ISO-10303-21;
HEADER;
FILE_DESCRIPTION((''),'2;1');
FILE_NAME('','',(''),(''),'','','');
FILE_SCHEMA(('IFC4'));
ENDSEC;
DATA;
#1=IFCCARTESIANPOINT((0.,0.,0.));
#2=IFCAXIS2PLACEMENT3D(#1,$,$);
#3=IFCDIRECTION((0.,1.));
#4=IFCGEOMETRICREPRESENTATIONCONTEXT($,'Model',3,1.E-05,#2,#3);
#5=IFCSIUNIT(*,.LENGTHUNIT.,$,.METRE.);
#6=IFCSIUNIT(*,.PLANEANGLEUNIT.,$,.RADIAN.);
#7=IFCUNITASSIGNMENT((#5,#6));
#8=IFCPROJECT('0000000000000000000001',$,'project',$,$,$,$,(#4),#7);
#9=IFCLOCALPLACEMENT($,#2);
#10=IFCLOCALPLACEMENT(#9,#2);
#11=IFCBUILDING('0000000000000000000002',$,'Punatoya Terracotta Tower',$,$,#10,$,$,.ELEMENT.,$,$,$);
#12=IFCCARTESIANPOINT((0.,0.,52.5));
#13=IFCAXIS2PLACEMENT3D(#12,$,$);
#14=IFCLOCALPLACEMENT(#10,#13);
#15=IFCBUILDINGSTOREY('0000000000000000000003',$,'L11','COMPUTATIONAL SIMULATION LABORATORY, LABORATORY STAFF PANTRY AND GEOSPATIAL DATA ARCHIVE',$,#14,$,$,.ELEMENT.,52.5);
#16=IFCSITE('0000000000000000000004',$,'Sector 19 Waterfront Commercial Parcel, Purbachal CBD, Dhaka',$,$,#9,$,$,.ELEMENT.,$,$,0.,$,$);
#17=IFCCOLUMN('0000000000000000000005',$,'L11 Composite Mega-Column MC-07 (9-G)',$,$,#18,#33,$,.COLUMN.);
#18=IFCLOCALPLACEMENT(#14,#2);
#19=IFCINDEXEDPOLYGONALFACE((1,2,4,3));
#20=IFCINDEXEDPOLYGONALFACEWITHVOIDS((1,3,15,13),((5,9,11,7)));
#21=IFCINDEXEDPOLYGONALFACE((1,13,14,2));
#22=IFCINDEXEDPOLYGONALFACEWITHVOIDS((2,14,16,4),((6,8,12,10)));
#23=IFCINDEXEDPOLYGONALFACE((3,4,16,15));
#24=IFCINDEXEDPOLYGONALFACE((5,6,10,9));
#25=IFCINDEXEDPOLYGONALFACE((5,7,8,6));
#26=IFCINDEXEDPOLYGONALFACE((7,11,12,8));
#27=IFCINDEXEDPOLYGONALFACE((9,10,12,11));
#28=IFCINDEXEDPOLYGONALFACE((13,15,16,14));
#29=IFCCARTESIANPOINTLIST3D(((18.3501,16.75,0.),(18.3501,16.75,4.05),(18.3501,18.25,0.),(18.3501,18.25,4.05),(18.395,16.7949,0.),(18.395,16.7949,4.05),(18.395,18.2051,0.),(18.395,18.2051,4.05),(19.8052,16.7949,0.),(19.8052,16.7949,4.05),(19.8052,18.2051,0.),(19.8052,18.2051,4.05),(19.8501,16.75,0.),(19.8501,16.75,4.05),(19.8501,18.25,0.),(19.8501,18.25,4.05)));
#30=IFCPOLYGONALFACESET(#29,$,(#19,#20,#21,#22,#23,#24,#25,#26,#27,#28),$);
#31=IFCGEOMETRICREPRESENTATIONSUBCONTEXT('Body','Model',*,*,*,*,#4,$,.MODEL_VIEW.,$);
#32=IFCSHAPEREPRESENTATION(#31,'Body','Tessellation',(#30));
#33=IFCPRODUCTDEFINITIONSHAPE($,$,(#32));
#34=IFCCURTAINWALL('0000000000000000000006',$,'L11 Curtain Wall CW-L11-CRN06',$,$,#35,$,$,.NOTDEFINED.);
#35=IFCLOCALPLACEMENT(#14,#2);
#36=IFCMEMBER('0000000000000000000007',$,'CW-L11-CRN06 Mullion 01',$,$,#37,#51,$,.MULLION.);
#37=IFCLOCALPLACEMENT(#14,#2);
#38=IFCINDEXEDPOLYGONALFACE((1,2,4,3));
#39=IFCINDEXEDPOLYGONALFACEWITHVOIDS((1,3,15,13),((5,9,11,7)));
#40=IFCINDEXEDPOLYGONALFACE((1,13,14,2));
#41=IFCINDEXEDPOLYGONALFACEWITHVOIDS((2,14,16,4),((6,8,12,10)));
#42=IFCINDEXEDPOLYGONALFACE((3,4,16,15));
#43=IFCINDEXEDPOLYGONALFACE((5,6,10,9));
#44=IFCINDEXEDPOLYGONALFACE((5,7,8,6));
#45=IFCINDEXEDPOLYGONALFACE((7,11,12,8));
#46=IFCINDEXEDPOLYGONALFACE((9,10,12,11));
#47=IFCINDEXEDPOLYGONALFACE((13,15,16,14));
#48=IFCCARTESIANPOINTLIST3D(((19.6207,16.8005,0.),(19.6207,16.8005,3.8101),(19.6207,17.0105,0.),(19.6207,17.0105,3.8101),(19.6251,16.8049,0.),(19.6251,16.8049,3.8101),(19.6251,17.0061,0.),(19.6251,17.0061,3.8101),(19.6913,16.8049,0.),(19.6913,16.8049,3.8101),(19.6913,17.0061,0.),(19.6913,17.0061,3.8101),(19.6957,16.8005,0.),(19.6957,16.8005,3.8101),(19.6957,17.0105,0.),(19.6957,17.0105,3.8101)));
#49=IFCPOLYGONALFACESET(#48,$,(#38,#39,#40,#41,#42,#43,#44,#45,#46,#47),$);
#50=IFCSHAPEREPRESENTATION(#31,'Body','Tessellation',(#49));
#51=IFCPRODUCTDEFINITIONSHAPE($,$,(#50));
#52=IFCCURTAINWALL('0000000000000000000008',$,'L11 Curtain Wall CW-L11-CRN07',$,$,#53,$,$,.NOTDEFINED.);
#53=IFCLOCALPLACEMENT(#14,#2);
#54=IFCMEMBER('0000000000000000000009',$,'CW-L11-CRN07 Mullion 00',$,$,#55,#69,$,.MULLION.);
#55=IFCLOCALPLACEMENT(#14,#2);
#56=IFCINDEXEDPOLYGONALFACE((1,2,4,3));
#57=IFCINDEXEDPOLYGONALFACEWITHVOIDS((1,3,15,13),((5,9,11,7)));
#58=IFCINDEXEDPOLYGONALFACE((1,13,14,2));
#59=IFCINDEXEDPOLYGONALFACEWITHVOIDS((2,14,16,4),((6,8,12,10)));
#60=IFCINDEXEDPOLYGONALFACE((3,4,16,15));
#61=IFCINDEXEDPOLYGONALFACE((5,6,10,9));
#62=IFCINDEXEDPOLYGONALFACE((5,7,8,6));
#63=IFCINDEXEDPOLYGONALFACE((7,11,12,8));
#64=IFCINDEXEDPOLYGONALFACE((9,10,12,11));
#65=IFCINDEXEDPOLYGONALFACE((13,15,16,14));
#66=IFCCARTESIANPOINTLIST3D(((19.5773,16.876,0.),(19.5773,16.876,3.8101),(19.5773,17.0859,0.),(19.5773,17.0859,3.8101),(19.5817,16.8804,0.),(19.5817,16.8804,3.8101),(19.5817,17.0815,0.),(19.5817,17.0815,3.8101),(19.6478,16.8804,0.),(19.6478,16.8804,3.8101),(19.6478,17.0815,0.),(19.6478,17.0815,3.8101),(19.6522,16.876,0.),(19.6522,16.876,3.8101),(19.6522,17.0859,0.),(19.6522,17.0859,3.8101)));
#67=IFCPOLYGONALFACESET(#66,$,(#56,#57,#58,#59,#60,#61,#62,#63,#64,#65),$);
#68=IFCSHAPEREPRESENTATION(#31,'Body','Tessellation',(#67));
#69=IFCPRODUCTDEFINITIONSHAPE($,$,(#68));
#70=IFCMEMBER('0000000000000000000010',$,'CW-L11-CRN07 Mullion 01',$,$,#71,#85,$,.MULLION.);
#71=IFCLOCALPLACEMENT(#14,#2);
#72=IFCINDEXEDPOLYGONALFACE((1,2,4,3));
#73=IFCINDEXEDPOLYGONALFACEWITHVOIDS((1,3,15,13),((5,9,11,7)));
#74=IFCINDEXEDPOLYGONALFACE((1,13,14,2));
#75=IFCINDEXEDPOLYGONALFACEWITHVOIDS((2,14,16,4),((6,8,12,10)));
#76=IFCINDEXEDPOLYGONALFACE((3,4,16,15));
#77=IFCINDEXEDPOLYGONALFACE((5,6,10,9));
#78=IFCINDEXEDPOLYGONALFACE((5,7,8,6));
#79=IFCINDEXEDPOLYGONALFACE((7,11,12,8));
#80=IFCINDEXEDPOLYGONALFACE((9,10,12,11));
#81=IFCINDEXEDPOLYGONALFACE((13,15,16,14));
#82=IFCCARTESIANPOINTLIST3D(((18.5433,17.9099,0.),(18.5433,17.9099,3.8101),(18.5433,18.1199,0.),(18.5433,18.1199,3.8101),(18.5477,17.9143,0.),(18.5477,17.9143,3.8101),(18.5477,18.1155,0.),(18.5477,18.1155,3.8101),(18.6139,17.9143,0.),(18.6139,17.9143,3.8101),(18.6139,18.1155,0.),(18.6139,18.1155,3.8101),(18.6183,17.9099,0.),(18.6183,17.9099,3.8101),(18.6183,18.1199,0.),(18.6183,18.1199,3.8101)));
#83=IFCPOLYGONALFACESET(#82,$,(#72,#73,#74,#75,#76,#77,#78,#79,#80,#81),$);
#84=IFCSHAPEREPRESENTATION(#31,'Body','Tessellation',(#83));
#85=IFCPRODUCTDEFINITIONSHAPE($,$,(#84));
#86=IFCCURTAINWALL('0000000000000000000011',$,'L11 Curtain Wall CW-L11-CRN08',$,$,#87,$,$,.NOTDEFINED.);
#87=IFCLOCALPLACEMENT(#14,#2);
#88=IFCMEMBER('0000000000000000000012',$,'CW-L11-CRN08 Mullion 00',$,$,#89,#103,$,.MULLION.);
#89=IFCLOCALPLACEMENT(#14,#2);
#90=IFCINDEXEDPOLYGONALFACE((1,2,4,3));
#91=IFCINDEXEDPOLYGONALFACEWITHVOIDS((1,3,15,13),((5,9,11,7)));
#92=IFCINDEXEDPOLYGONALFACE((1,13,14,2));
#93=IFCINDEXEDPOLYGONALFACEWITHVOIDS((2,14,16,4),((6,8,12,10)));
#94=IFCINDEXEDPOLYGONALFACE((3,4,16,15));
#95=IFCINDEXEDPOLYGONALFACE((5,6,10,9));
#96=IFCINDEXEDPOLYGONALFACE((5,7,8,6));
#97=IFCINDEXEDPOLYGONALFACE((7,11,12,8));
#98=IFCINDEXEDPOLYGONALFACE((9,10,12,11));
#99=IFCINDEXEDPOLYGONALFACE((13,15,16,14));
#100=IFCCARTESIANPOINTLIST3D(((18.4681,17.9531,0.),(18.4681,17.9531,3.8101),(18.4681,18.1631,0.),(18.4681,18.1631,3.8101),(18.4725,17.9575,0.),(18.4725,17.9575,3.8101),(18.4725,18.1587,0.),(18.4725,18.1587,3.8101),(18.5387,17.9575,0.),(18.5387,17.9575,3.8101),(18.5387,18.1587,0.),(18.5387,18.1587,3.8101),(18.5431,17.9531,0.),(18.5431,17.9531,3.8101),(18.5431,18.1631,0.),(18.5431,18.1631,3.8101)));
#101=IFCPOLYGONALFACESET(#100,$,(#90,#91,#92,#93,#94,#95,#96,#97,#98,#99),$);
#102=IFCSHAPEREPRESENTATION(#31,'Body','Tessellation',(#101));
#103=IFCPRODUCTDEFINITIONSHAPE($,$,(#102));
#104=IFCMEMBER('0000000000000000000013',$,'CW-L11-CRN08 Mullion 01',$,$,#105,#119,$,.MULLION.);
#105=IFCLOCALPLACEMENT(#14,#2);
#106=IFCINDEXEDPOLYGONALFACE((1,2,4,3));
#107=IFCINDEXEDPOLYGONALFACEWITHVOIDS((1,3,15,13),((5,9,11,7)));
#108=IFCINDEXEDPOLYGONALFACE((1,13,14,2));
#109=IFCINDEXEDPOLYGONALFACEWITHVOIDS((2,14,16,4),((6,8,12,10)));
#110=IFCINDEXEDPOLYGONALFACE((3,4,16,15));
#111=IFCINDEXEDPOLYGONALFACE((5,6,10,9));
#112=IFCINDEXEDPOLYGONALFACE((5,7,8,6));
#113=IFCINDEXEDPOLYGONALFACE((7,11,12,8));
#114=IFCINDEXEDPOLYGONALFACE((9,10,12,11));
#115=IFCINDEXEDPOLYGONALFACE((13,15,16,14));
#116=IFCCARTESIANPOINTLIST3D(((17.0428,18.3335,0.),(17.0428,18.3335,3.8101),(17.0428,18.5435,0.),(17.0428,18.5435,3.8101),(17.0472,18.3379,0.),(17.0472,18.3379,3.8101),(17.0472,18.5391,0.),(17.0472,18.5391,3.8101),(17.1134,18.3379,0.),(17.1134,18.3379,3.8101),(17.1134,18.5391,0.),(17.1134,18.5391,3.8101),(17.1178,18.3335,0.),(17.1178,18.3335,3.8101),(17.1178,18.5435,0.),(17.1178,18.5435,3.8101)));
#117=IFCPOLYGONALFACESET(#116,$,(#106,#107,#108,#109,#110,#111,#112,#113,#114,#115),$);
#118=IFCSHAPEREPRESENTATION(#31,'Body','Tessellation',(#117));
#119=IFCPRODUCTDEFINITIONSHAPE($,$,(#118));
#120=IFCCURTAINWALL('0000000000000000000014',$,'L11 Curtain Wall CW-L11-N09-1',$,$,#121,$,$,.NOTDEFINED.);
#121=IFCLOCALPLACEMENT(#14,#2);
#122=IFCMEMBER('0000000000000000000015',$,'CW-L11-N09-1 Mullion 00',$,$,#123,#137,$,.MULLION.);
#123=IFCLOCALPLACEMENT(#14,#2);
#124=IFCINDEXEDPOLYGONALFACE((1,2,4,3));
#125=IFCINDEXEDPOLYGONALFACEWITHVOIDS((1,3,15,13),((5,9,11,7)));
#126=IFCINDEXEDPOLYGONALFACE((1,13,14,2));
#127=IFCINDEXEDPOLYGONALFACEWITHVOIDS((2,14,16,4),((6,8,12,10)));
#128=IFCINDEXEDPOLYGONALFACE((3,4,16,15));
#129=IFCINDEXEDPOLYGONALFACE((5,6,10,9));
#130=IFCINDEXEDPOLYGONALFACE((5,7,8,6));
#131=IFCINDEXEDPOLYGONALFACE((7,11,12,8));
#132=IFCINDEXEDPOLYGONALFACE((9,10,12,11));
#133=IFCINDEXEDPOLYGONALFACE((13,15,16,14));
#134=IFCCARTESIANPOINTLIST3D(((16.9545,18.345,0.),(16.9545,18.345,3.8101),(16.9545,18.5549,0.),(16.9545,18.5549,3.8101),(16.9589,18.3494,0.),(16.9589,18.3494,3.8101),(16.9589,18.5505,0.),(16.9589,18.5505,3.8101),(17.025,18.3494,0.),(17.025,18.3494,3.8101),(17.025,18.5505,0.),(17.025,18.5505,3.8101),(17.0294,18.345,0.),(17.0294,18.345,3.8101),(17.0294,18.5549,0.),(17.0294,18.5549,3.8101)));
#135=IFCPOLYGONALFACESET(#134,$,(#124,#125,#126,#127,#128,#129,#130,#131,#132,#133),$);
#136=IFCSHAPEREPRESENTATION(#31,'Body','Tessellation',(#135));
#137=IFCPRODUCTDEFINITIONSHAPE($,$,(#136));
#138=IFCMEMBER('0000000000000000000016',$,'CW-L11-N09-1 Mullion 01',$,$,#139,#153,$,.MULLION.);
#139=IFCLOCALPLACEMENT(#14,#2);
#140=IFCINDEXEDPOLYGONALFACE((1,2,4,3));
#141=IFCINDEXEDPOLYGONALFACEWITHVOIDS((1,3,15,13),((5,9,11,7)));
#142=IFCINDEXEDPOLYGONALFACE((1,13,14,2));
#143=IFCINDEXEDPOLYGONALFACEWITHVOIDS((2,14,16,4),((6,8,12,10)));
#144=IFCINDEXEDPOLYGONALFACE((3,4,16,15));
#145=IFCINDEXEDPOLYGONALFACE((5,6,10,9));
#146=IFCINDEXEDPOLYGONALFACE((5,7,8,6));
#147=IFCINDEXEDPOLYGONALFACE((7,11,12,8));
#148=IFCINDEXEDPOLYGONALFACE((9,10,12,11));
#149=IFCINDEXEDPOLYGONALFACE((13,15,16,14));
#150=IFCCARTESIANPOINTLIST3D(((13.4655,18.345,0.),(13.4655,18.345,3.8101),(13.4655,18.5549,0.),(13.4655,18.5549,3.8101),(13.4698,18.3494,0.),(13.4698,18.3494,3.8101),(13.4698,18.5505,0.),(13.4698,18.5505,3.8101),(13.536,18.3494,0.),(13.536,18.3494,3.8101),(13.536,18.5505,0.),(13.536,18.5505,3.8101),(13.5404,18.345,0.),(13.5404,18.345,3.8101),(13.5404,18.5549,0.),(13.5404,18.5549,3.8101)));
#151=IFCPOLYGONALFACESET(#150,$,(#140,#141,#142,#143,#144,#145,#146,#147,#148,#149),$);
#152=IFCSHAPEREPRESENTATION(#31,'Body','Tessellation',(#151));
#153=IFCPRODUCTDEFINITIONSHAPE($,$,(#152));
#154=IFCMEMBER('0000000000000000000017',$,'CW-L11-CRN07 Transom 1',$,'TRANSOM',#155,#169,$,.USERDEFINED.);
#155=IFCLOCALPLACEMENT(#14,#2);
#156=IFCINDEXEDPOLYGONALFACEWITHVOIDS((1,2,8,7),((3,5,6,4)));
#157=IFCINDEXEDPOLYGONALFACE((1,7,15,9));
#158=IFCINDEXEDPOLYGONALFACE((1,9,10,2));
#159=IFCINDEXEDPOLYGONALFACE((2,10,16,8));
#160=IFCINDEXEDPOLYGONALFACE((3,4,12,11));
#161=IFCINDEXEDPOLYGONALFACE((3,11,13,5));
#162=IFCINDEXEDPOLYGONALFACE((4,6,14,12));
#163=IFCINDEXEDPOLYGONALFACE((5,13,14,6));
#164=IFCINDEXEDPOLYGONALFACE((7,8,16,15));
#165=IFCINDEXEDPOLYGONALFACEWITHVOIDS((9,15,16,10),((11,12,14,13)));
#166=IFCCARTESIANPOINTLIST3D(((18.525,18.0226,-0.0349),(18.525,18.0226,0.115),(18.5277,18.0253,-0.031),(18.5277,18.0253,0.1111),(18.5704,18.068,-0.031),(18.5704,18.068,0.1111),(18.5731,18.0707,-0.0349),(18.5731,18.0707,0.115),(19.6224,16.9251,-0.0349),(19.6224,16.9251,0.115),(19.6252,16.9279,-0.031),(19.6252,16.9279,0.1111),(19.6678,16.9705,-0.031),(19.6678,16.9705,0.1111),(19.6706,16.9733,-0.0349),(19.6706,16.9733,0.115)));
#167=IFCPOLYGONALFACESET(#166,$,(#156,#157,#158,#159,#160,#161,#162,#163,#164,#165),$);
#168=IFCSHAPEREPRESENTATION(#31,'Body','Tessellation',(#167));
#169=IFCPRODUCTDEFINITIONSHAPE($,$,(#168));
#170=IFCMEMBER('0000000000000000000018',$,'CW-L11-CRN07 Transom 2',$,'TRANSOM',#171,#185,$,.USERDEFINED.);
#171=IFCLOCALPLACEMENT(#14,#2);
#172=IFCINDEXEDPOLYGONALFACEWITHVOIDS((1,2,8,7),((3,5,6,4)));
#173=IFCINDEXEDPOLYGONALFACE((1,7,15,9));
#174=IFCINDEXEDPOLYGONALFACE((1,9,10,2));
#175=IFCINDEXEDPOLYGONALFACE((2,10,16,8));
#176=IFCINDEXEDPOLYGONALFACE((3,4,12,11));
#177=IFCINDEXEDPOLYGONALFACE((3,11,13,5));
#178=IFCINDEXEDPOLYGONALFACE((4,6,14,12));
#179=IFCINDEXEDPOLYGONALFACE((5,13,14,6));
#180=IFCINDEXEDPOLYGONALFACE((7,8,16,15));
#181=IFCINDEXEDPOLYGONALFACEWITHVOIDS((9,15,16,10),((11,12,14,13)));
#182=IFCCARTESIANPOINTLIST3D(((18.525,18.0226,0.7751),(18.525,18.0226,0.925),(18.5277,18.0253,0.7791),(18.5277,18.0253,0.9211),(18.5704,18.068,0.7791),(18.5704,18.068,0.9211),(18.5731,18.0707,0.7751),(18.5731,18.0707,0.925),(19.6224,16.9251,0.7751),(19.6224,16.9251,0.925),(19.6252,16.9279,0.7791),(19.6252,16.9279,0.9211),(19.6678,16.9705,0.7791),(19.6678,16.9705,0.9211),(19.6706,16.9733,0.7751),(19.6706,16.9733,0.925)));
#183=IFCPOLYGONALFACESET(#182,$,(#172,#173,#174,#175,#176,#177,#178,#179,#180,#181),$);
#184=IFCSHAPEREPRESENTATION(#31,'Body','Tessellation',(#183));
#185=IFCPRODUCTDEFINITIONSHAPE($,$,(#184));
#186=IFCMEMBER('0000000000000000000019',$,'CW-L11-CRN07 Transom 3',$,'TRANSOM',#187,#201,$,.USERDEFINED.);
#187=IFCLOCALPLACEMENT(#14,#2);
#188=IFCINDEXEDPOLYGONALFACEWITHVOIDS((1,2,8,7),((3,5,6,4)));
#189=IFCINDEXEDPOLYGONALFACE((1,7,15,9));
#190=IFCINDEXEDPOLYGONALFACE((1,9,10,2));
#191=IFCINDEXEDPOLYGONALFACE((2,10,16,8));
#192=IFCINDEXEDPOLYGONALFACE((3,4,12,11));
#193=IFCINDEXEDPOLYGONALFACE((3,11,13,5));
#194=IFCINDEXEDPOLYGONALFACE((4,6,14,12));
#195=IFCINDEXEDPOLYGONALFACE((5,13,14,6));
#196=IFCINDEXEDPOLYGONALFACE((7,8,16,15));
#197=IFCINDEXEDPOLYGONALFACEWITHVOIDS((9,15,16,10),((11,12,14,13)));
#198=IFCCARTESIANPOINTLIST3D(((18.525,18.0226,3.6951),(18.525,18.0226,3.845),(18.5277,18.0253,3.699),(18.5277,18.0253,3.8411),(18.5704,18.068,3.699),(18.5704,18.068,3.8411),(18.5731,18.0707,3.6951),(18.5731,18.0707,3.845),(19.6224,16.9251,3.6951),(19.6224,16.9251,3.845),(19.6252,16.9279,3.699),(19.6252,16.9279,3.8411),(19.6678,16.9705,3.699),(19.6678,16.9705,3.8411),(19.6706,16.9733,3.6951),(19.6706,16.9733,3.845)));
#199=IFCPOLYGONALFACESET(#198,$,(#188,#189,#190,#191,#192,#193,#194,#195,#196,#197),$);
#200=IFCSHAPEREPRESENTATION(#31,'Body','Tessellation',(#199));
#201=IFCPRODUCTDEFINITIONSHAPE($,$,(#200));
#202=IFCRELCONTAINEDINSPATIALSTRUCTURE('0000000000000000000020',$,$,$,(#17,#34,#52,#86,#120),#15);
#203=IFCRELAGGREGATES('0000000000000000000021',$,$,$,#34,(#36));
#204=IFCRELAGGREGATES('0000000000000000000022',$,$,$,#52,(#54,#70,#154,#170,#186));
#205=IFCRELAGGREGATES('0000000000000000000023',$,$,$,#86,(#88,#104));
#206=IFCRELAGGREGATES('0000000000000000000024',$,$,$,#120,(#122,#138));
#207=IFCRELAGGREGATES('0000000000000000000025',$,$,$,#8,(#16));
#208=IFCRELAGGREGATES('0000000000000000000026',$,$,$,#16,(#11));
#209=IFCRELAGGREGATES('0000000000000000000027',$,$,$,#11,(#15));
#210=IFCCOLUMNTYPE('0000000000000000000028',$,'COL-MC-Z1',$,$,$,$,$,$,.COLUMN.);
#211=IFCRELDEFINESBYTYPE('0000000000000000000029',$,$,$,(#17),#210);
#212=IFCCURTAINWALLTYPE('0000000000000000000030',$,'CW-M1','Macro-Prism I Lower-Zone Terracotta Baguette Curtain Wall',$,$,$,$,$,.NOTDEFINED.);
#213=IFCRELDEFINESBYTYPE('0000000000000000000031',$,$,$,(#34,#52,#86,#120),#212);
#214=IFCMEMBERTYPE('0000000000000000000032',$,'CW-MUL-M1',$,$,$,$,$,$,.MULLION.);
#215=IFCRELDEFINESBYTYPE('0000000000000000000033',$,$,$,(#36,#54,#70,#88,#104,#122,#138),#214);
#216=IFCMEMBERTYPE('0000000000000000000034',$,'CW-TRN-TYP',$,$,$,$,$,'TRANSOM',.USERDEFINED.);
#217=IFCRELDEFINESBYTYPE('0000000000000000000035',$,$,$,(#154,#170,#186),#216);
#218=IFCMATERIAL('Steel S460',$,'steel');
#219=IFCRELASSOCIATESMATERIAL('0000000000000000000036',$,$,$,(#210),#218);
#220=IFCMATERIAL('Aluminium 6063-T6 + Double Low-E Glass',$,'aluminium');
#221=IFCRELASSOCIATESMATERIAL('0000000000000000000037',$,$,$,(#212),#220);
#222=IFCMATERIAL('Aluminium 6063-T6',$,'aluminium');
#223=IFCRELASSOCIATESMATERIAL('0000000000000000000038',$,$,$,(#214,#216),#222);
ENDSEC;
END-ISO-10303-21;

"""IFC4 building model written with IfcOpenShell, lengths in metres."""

from ifc_helpers import new_model, si_unit, direction, frame, origin, origin_2d, place, context, subcontext, project, spatial, hollow_rectangle, extrude, material, material_profile, profile_set, type_object, element, aggregate, save


model = new_model("IFC4")

# Units and contexts
model_context = context("Model", 3, precision=1e-05, world=origin(), true_north=direction((0.0, 1.0)))
body_context = subcontext(model_context, "Body", "Model", "MODEL_VIEW")
ifc_project = project(units=[si_unit("LENGTHUNIT", "METRE"), si_unit("PLANEANGLEUNIT", "RADIAN")], contexts=[model_context])

# Site, building, storey
site_placement = place(None, origin())
site = spatial("IfcSite", under=ifc_project, at=site_placement, Name="Sector 19 Waterfront Commercial Parcel, Purbachal CBD, Dhaka", CompositionType="ELEMENT", RefElevation=0.0)
building_placement = place(site_placement, origin())
building = spatial("IfcBuilding", under=site, at=building_placement, Name="Punatoya Terracotta Tower", CompositionType="ELEMENT")
storey_placement = place(building_placement, frame((0.0, 0.0, 52.5)))
storey = spatial("IfcBuildingStorey", under=building, at=storey_placement, Name="L11", Description="COMPUTATIONAL SIMULATION LABORATORY, LABORATORY STAFF PANTRY AND GEOSPATIAL DATA ARCHIVE", CompositionType="ELEMENT", Elevation=52.5)

# Column
ifc_material_1 = material(Name="Steel S460", Category="steel")
ifc_material_profile_1 = material_profile(ifc_material_1, hollow_rectangle(XDim=1.5, YDim=1.5, WallThickness=0.0449, at=origin_2d()))
ifc_profile_set_1 = profile_set([ifc_material_profile_1], Name="Steel S460")
column_type = type_object("IfcColumnType", Name="COL-MC-Z1", PredefinedType="COLUMN", material=ifc_profile_set_1)
column_placement = place(storey_placement, frame((19.1001, 17.5, 0.0), z_axis=(0.0, 0.0, 1.0), x_axis=(1.0, 0.0, 0.0)))
element("IfcColumn", 1, at=column_placement, inside=storey, type_object=column_type, Name="L11 Composite Mega-Column MC-07 (9-G)", PredefinedType="COLUMN", context=body_context, shape_type="SweptSolid", body=[
    extrude(hollow_rectangle(XDim=1.5, YDim=1.5, WallThickness=0.0449, at=origin_2d()), origin(), (0.0, 0.0, 1.0), 4.05),
])

# Curtain wall, member
ifc_material_2 = material(Name="Aluminium 6063-T6 + Double Low-E Glass", Category="aluminium")
curtain_wall_type = type_object("IfcCurtainWallType", Name="CW-M1", Description="Macro-Prism I Lower-Zone Terracotta Baguette Curtain Wall", PredefinedType="NOTDEFINED", material=ifc_material_2)
curtain_wall_1_placement = place(storey_placement, origin())
curtain_wall_1 = element("IfcCurtainWall", 2, at=curtain_wall_1_placement, inside=storey, type_object=curtain_wall_type, Name="L11 Curtain Wall CW-L11-CRN06", PredefinedType="NOTDEFINED")
ifc_material_3 = material(Name="Aluminium 6063-T6", Category="aluminium")
ifc_material_profile_2 = material_profile(ifc_material_3, hollow_rectangle(XDim=0.075, YDim=0.21, WallThickness=0.0044, at=origin_2d()))
ifc_profile_set_2 = profile_set([ifc_material_profile_2], Name="Aluminium 6063-T6")
member_type_1 = type_object("IfcMemberType", Name="CW-MUL-M1", PredefinedType="MULLION", material=ifc_profile_set_2)
member_1_placement = place(storey_placement, frame((19.6582, 16.9055, 0.0), z_axis=(0.0, 0.0, 1.0), x_axis=(1.0, 0.0, 0.0)))
member_1 = element("IfcMember", 3, at=member_1_placement, type_object=member_type_1, Name="CW-L11-CRN06 Mullion 01", PredefinedType="MULLION", context=body_context, shape_type="SweptSolid", body=[
    extrude(hollow_rectangle(XDim=0.075, YDim=0.21, WallThickness=0.0044, at=origin_2d()), origin(), (0.0, 0.0, 1.0), 3.8101),
])

# Curtain walls, members
curtain_wall_2_placement = place(storey_placement, origin())
curtain_wall_2 = element("IfcCurtainWall", 4, at=curtain_wall_2_placement, inside=storey, type_object=curtain_wall_type, Name="L11 Curtain Wall CW-L11-CRN07", PredefinedType="NOTDEFINED")
member_2_placement = place(storey_placement, frame((19.6147, 16.981, 0.0), z_axis=(0.0, 0.0, 1.0), x_axis=(1.0, 0.0, 0.0)))
member_2 = element("IfcMember", 5, at=member_2_placement, type_object=member_type_1, Name="CW-L11-CRN07 Mullion 00", PredefinedType="MULLION", context=body_context, shape_type="SweptSolid", body=[
    extrude(hollow_rectangle(XDim=0.075, YDim=0.21, WallThickness=0.0044, at=origin_2d()), origin(), (0.0, 0.0, 1.0), 3.8101),
])
member_3_placement = place(storey_placement, frame((18.5808, 18.0149, 0.0), z_axis=(0.0, 0.0, 1.0), x_axis=(1.0, 0.0, 0.0)))
member_3 = element("IfcMember", 6, at=member_3_placement, type_object=member_type_1, Name="CW-L11-CRN07 Mullion 01", PredefinedType="MULLION", context=body_context, shape_type="SweptSolid", body=[
    extrude(hollow_rectangle(XDim=0.075, YDim=0.21, WallThickness=0.0044, at=origin_2d()), origin(), (0.0, 0.0, 1.0), 3.8101),
])
curtain_wall_3_placement = place(storey_placement, origin())
curtain_wall_3 = element("IfcCurtainWall", 7, at=curtain_wall_3_placement, inside=storey, type_object=curtain_wall_type, Name="L11 Curtain Wall CW-L11-CRN08", PredefinedType="NOTDEFINED")
member_4_placement = place(storey_placement, frame((18.5056, 18.0581, 0.0), z_axis=(0.0, 0.0, 1.0), x_axis=(1.0, 0.0, 0.0)))
member_4 = element("IfcMember", 8, at=member_4_placement, type_object=member_type_1, Name="CW-L11-CRN08 Mullion 00", PredefinedType="MULLION", context=body_context, shape_type="SweptSolid", body=[
    extrude(hollow_rectangle(XDim=0.075, YDim=0.21, WallThickness=0.0044, at=origin_2d()), origin(), (0.0, 0.0, 1.0), 3.8101),
])
member_5_placement = place(storey_placement, frame((17.0803, 18.4385, 0.0), z_axis=(0.0, 0.0, 1.0), x_axis=(1.0, 0.0, 0.0)))
member_5 = element("IfcMember", 9, at=member_5_placement, type_object=member_type_1, Name="CW-L11-CRN08 Mullion 01", PredefinedType="MULLION", context=body_context, shape_type="SweptSolid", body=[
    extrude(hollow_rectangle(XDim=0.075, YDim=0.21, WallThickness=0.0044, at=origin_2d()), origin(), (0.0, 0.0, 1.0), 3.8101),
])
curtain_wall_4_placement = place(storey_placement, origin())
curtain_wall_4 = element("IfcCurtainWall", 10, at=curtain_wall_4_placement, inside=storey, type_object=curtain_wall_type, Name="L11 Curtain Wall CW-L11-N09-1", PredefinedType="NOTDEFINED")
member_6_placement = place(storey_placement, frame((16.9919, 18.45, 0.0), z_axis=(0.0, 0.0, 1.0), x_axis=(1.0, 0.0, 0.0)))
member_6 = element("IfcMember", 11, at=member_6_placement, type_object=member_type_1, Name="CW-L11-N09-1 Mullion 00", PredefinedType="MULLION", context=body_context, shape_type="SweptSolid", body=[
    extrude(hollow_rectangle(XDim=0.075, YDim=0.21, WallThickness=0.0044, at=origin_2d()), origin(), (0.0, 0.0, 1.0), 3.8101),
])
member_7_placement = place(storey_placement, frame((13.5029, 18.45, 0.0), z_axis=(0.0, 0.0, 1.0), x_axis=(1.0, 0.0, 0.0)))
member_7 = element("IfcMember", 12, at=member_7_placement, type_object=member_type_1, Name="CW-L11-N09-1 Mullion 01", PredefinedType="MULLION", context=body_context, shape_type="SweptSolid", body=[
    extrude(hollow_rectangle(XDim=0.075, YDim=0.21, WallThickness=0.0044, at=origin_2d()), origin(), (0.0, 0.0, 1.0), 3.8101),
])

# Members
ifc_material_profile_3 = material_profile(ifc_material_3, hollow_rectangle(XDim=0.0681, YDim=0.1499, WallThickness=0.0039, at=origin_2d()))
ifc_profile_set_3 = profile_set([ifc_material_profile_3], Name="Aluminium 6063-T6")
member_type_2 = type_object("IfcMemberType", Name="CW-TRN-TYP", ElementType="TRANSOM", PredefinedType="USERDEFINED", material=ifc_profile_set_3)
member_8_placement = place(storey_placement, frame((19.6465, 16.9492, 0.04), z_axis=(-0.707107, 0.707107, 0.0), x_axis=(-0.707107, -0.707107, 0.0)))
member_8 = element("IfcMember", 13, at=member_8_placement, type_object=member_type_2, Name="CW-L11-CRN07 Transom 1", ObjectType="TRANSOM", PredefinedType="USERDEFINED", context=body_context, shape_type="SweptSolid", body=[
    extrude(hollow_rectangle(XDim=0.0681, YDim=0.1499, WallThickness=0.0039, at=origin_2d()), origin(), (0.0, 0.0, 1.0), 1.552),
])
member_9_placement = place(storey_placement, frame((19.6465, 16.9492, 0.8501), z_axis=(-0.707107, 0.707107, 0.0), x_axis=(-0.707107, -0.707107, 0.0)))
member_9 = element("IfcMember", 14, at=member_9_placement, type_object=member_type_2, Name="CW-L11-CRN07 Transom 2", ObjectType="TRANSOM", PredefinedType="USERDEFINED", context=body_context, shape_type="SweptSolid", body=[
    extrude(hollow_rectangle(XDim=0.0681, YDim=0.1499, WallThickness=0.0039, at=origin_2d()), origin(), (0.0, 0.0, 1.0), 1.552),
])
member_10_placement = place(storey_placement, frame((19.6465, 16.9492, 3.77), z_axis=(-0.707107, 0.707107, 0.0), x_axis=(-0.707107, -0.707107, 0.0)))
member_10 = element("IfcMember", 15, at=member_10_placement, type_object=member_type_2, Name="CW-L11-CRN07 Transom 3", ObjectType="TRANSOM", PredefinedType="USERDEFINED", context=body_context, shape_type="SweptSolid", body=[
    extrude(hollow_rectangle(XDim=0.0681, YDim=0.1499, WallThickness=0.0039, at=origin_2d()), origin(), (0.0, 0.0, 1.0), 1.552),
])

aggregate(curtain_wall_1, [member_1])
aggregate(curtain_wall_2, [member_2, member_3, member_8, member_9, member_10])
aggregate(curtain_wall_3, [member_4, member_5])
aggregate(curtain_wall_4, [member_6, member_7])

save(model, "model.ifc")
